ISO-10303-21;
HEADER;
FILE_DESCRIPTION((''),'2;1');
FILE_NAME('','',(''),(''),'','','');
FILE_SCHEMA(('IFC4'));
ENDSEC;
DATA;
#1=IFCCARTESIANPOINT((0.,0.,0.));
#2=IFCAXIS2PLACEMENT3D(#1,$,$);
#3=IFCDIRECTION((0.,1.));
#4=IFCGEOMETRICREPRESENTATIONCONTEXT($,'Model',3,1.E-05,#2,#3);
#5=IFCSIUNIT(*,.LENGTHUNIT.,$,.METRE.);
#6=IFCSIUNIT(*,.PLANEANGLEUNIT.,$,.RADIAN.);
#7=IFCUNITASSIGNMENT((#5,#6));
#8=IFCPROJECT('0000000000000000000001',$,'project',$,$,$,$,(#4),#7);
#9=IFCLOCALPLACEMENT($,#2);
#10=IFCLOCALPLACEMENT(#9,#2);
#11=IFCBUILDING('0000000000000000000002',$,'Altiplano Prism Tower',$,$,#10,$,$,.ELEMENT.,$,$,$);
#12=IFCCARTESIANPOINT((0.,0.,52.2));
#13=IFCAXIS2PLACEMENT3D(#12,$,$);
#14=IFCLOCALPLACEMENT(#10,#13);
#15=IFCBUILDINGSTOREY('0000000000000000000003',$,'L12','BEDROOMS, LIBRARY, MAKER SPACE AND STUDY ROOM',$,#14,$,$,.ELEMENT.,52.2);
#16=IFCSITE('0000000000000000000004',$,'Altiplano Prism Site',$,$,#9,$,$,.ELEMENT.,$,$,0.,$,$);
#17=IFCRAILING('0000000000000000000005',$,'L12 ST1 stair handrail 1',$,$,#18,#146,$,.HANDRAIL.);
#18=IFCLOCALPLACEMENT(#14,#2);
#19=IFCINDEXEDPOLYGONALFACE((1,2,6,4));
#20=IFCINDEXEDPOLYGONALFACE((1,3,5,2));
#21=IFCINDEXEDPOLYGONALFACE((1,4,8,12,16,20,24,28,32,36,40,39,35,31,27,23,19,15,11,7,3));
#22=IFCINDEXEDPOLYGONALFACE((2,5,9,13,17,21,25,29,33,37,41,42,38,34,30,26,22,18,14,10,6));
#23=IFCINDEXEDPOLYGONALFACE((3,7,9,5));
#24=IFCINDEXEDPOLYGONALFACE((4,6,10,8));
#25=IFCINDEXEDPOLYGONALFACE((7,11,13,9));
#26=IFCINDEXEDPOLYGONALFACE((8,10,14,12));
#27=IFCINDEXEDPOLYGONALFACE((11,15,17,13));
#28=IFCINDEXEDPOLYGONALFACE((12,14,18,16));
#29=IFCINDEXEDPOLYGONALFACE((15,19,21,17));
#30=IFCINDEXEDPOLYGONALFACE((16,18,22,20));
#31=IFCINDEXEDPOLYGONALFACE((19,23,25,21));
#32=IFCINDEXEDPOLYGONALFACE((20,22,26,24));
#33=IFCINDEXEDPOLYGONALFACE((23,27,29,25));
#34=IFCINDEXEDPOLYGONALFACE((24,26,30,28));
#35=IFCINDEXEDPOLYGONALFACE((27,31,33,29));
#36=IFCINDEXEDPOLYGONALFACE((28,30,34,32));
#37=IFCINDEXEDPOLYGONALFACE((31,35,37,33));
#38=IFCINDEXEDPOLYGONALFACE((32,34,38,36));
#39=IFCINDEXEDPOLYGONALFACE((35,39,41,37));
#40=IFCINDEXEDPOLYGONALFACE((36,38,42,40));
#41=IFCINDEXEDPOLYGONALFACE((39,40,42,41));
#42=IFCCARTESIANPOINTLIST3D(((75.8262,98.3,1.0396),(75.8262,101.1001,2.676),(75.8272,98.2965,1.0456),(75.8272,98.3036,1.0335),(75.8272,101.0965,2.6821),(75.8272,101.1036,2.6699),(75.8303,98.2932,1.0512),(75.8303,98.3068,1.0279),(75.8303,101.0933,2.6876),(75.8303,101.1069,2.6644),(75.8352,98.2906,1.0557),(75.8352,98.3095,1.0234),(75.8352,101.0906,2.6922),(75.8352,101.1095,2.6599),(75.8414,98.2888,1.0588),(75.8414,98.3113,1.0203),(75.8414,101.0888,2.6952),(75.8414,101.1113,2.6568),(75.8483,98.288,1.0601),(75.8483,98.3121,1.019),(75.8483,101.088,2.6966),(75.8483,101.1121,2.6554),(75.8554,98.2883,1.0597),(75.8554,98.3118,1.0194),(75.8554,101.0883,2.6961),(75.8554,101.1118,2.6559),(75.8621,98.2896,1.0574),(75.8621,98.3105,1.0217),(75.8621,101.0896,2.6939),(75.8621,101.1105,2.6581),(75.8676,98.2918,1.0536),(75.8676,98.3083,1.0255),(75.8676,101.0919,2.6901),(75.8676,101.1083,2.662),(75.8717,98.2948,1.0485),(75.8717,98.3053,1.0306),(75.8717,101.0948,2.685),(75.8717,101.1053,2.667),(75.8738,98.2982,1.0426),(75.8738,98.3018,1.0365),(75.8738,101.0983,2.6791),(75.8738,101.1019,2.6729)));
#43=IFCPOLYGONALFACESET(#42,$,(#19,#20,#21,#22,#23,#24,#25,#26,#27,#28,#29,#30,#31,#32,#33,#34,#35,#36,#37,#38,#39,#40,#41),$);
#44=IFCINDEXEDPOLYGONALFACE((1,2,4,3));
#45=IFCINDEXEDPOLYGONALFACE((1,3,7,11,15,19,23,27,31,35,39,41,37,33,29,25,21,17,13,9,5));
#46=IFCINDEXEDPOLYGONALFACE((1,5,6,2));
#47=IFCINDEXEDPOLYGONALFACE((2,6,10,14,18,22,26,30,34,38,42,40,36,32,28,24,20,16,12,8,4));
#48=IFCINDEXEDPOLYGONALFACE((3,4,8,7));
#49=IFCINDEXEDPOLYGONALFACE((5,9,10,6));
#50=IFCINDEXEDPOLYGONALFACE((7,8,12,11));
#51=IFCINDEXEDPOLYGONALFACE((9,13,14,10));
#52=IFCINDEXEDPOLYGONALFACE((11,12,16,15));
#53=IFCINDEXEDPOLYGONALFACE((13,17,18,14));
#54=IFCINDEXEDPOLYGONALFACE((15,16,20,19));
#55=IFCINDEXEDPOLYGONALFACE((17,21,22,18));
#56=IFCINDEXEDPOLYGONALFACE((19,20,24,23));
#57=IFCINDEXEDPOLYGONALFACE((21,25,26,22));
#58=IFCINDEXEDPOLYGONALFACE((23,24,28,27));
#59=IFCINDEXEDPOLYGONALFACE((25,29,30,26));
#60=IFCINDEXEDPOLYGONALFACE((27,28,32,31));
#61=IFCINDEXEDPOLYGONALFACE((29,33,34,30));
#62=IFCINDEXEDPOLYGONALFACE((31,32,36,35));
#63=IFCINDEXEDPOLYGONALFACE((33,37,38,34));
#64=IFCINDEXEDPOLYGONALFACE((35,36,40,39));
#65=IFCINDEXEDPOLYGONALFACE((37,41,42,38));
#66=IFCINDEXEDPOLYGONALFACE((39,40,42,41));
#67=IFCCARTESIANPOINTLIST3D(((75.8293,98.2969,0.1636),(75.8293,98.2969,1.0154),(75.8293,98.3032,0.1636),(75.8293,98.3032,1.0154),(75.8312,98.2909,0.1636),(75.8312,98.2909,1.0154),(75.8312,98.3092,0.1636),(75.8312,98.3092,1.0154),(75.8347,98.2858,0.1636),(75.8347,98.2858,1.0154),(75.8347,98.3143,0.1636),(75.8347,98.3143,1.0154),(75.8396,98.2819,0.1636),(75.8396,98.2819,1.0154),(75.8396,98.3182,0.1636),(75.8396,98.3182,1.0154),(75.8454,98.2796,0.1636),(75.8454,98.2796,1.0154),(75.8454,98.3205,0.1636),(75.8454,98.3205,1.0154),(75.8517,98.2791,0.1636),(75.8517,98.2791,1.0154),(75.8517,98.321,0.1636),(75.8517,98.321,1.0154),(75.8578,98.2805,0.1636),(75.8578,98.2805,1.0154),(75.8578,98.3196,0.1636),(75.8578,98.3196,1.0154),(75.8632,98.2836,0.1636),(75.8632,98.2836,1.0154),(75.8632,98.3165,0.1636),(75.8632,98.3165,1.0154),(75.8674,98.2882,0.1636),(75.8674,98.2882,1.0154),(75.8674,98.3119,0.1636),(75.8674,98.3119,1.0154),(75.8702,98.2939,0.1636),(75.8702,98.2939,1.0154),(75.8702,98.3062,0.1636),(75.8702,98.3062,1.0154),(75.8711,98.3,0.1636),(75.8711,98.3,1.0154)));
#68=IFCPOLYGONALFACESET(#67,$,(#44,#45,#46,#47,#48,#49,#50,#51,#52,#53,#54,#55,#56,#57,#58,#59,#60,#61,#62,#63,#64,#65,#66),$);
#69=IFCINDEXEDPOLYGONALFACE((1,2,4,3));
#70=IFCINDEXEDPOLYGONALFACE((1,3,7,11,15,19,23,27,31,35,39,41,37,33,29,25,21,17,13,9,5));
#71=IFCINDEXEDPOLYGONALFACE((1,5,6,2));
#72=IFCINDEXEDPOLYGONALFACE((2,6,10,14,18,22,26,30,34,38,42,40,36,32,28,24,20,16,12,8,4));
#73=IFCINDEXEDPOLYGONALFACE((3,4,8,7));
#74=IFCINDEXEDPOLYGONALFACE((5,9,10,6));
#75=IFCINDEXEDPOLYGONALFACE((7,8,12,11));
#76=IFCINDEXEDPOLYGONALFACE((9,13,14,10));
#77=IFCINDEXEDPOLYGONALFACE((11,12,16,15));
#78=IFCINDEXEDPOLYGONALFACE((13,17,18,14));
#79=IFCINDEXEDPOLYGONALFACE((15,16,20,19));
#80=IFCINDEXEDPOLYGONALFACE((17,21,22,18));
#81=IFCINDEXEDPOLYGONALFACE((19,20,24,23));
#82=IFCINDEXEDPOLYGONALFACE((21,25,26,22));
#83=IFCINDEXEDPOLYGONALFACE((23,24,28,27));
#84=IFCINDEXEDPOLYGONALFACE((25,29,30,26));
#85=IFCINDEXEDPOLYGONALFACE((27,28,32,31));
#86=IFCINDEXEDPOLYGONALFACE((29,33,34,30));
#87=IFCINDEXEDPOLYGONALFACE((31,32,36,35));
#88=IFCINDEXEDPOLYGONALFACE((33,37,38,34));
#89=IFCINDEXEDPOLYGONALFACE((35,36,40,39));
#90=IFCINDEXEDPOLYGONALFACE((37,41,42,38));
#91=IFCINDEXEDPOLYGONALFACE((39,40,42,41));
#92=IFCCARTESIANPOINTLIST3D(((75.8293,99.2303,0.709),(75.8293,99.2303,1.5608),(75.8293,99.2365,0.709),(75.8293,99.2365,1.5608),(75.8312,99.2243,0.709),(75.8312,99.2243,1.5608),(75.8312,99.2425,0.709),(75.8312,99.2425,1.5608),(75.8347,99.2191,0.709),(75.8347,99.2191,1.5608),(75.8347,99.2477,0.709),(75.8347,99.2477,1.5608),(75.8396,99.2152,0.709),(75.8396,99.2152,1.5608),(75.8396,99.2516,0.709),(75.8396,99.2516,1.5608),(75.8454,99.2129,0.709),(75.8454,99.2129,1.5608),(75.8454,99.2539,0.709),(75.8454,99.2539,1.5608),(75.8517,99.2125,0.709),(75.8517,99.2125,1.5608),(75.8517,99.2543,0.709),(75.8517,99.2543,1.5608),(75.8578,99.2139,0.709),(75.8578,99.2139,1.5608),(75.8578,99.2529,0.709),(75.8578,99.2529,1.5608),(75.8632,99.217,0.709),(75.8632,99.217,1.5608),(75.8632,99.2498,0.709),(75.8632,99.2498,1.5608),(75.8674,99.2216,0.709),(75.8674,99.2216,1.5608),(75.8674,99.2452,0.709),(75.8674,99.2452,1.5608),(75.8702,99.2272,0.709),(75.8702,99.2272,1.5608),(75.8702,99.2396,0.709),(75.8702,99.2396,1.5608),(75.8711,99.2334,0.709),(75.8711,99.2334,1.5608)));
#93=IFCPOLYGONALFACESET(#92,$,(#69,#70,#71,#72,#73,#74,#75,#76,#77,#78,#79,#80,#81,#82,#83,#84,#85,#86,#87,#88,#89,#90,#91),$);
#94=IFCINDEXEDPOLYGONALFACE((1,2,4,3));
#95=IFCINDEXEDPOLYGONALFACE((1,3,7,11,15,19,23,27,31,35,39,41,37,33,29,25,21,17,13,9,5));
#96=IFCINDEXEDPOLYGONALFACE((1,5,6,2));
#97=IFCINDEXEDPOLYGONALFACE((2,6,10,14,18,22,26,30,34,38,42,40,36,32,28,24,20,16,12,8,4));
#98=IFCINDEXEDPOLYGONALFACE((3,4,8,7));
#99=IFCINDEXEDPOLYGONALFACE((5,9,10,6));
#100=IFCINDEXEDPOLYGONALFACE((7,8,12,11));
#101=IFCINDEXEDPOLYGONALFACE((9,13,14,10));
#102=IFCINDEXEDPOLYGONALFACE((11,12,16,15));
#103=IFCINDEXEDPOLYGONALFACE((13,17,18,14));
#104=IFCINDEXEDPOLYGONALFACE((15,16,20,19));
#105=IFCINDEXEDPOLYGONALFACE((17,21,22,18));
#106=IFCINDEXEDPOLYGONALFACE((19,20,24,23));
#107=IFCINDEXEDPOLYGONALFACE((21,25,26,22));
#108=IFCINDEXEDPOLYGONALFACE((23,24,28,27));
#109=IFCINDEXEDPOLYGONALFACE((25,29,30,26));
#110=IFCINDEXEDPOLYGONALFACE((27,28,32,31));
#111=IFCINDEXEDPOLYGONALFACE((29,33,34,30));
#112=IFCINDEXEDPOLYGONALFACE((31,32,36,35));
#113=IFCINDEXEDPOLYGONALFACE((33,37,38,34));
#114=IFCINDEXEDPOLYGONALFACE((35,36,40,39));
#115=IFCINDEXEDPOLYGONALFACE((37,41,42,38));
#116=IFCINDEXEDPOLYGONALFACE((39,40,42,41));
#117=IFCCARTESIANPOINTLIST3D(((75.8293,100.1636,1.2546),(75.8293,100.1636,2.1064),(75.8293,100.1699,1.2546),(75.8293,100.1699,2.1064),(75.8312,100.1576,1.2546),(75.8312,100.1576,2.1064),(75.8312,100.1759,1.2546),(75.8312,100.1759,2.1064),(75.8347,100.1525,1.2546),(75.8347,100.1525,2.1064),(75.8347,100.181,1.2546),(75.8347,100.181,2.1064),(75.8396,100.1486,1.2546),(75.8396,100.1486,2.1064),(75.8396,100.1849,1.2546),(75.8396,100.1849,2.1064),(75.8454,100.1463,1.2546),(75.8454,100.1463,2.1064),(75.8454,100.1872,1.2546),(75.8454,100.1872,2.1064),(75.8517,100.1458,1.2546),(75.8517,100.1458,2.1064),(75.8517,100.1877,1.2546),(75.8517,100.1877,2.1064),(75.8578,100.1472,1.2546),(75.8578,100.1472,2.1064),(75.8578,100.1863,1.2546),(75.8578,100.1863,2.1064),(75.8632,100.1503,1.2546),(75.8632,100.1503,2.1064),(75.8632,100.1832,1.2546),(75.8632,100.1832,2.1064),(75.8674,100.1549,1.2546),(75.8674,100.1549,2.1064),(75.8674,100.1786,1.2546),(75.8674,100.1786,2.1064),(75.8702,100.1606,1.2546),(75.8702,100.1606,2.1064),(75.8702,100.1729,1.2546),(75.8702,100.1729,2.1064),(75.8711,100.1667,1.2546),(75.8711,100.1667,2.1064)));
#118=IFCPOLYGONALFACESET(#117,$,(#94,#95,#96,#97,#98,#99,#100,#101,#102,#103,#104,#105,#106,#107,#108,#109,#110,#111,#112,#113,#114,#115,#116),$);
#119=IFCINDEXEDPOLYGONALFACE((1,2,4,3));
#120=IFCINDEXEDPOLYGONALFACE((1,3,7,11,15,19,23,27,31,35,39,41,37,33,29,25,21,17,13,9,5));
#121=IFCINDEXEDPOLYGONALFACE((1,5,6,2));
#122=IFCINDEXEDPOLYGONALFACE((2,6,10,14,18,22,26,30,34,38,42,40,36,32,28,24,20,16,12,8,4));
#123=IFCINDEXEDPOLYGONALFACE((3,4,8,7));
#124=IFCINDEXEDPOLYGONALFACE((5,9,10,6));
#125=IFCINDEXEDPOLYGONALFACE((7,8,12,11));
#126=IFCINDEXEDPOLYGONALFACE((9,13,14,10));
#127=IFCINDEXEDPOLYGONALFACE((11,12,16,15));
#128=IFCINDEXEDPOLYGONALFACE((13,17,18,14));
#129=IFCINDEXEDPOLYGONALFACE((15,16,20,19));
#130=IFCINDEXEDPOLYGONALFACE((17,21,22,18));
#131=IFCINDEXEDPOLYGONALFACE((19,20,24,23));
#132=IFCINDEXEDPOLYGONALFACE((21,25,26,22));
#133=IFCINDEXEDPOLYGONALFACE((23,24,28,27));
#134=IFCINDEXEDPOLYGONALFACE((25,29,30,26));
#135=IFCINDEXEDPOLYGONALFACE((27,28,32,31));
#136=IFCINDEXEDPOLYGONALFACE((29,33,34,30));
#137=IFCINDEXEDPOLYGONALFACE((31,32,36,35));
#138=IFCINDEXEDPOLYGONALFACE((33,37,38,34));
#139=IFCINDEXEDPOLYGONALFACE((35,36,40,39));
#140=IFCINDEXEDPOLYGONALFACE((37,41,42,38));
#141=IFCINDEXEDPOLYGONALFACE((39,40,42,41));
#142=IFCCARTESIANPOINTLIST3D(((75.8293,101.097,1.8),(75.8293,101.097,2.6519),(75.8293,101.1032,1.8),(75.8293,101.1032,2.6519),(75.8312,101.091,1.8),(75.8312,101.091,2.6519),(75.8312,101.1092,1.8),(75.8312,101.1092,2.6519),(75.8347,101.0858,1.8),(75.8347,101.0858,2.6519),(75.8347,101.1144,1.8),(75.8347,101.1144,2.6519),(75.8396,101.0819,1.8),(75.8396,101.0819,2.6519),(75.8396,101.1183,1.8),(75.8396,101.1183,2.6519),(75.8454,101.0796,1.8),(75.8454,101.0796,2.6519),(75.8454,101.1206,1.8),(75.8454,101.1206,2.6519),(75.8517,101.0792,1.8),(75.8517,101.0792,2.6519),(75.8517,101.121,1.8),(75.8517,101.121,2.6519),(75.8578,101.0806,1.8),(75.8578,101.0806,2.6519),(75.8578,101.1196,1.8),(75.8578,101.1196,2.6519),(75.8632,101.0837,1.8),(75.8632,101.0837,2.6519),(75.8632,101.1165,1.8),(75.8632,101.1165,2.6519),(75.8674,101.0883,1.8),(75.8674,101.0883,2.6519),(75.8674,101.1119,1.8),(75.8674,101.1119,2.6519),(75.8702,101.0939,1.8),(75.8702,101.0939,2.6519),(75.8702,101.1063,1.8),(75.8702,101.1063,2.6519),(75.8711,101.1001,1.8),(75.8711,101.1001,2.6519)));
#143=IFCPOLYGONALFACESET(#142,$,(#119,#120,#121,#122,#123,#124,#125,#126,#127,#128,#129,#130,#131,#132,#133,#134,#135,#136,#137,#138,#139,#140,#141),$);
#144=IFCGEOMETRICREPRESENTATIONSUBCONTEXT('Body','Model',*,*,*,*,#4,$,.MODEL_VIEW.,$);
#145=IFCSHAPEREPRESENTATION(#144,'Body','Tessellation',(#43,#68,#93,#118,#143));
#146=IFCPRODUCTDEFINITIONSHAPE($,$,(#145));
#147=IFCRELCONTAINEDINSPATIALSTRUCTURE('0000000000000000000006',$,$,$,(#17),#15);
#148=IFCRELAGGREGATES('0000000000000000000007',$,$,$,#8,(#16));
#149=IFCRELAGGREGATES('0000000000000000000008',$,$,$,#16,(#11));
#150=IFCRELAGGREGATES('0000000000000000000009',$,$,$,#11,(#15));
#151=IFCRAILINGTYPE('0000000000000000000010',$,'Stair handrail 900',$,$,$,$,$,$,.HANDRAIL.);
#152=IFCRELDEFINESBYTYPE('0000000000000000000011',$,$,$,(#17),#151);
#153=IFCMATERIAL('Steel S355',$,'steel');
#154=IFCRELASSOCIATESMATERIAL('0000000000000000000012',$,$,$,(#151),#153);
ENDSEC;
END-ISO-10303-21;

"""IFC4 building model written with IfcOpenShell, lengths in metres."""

from ifc_helpers import new_model, si_unit, direction, frame, origin, origin_2d, place, context, subcontext, project, spatial, circle, extrude, material, type_object, element, save


model = new_model("IFC4")

# Units and contexts
model_context = context("Model", 3, precision=1e-05, world=origin(), true_north=direction((0.0, 1.0)))
body_context = subcontext(model_context, "Body", "Model", "MODEL_VIEW")
ifc_project = project(units=[si_unit("LENGTHUNIT", "METRE"), si_unit("PLANEANGLEUNIT", "RADIAN")], contexts=[model_context])

# Site, building, storey
site_placement = place(None, origin())
site = spatial("IfcSite", under=ifc_project, at=site_placement, Name="Altiplano Prism Site", CompositionType="ELEMENT", RefElevation=0.0)
building_placement = place(site_placement, origin())
building = spatial("IfcBuilding", under=site, at=building_placement, Name="Altiplano Prism Tower", CompositionType="ELEMENT")
storey_placement = place(building_placement, frame((0.0, 0.0, 52.2)))
storey = spatial("IfcBuildingStorey", under=building, at=storey_placement, Name="L12", Description="BEDROOMS, LIBRARY, MAKER SPACE AND STUDY ROOM", CompositionType="ELEMENT", Elevation=52.2)

# Railing
ifc_material_1 = material(Name="Steel S355", Category="steel")
railing_type_1 = type_object("IfcRailingType", Name="Stair handrail 900", PredefinedType="HANDRAIL", material=ifc_material_1)
railing_1_placement = place(storey_placement, frame((75.8501, 98.3, 0.1636)))
element("IfcRailing", 1, at=railing_1_placement, inside=storey, type_object=railing_type_1, Name="L12 ST1 stair handrail 1", PredefinedType="HANDRAIL", context=body_context, shape_type="SweptSolid", body=[
    extrude(circle(Radius=0.0239, at=origin_2d()), frame((0.0, 0.0, 0.876), z_axis=(0.0, 0.863361, 0.504587), x_axis=(-1.0, 0.0, 0.0)), (0.0, 0.0, 1.0), 3.2432),
    extrude(circle(Radius=0.021, at=origin_2d()), origin(), (0.0, 0.0, 1.0), 0.8518),
    extrude(circle(Radius=0.021, at=origin_2d()), frame((0.0, 0.9333, 0.5454)), (0.0, 0.0, 1.0), 0.8518),
    extrude(circle(Radius=0.021, at=origin_2d()), frame((0.0, 1.8667, 1.0911)), (0.0, 0.0, 1.0), 0.8518),
    extrude(circle(Radius=0.021, at=origin_2d()), frame((0.0, 2.8, 1.6365)), (0.0, 0.0, 1.0), 0.8518),
])

save(model, "model.ifc")
